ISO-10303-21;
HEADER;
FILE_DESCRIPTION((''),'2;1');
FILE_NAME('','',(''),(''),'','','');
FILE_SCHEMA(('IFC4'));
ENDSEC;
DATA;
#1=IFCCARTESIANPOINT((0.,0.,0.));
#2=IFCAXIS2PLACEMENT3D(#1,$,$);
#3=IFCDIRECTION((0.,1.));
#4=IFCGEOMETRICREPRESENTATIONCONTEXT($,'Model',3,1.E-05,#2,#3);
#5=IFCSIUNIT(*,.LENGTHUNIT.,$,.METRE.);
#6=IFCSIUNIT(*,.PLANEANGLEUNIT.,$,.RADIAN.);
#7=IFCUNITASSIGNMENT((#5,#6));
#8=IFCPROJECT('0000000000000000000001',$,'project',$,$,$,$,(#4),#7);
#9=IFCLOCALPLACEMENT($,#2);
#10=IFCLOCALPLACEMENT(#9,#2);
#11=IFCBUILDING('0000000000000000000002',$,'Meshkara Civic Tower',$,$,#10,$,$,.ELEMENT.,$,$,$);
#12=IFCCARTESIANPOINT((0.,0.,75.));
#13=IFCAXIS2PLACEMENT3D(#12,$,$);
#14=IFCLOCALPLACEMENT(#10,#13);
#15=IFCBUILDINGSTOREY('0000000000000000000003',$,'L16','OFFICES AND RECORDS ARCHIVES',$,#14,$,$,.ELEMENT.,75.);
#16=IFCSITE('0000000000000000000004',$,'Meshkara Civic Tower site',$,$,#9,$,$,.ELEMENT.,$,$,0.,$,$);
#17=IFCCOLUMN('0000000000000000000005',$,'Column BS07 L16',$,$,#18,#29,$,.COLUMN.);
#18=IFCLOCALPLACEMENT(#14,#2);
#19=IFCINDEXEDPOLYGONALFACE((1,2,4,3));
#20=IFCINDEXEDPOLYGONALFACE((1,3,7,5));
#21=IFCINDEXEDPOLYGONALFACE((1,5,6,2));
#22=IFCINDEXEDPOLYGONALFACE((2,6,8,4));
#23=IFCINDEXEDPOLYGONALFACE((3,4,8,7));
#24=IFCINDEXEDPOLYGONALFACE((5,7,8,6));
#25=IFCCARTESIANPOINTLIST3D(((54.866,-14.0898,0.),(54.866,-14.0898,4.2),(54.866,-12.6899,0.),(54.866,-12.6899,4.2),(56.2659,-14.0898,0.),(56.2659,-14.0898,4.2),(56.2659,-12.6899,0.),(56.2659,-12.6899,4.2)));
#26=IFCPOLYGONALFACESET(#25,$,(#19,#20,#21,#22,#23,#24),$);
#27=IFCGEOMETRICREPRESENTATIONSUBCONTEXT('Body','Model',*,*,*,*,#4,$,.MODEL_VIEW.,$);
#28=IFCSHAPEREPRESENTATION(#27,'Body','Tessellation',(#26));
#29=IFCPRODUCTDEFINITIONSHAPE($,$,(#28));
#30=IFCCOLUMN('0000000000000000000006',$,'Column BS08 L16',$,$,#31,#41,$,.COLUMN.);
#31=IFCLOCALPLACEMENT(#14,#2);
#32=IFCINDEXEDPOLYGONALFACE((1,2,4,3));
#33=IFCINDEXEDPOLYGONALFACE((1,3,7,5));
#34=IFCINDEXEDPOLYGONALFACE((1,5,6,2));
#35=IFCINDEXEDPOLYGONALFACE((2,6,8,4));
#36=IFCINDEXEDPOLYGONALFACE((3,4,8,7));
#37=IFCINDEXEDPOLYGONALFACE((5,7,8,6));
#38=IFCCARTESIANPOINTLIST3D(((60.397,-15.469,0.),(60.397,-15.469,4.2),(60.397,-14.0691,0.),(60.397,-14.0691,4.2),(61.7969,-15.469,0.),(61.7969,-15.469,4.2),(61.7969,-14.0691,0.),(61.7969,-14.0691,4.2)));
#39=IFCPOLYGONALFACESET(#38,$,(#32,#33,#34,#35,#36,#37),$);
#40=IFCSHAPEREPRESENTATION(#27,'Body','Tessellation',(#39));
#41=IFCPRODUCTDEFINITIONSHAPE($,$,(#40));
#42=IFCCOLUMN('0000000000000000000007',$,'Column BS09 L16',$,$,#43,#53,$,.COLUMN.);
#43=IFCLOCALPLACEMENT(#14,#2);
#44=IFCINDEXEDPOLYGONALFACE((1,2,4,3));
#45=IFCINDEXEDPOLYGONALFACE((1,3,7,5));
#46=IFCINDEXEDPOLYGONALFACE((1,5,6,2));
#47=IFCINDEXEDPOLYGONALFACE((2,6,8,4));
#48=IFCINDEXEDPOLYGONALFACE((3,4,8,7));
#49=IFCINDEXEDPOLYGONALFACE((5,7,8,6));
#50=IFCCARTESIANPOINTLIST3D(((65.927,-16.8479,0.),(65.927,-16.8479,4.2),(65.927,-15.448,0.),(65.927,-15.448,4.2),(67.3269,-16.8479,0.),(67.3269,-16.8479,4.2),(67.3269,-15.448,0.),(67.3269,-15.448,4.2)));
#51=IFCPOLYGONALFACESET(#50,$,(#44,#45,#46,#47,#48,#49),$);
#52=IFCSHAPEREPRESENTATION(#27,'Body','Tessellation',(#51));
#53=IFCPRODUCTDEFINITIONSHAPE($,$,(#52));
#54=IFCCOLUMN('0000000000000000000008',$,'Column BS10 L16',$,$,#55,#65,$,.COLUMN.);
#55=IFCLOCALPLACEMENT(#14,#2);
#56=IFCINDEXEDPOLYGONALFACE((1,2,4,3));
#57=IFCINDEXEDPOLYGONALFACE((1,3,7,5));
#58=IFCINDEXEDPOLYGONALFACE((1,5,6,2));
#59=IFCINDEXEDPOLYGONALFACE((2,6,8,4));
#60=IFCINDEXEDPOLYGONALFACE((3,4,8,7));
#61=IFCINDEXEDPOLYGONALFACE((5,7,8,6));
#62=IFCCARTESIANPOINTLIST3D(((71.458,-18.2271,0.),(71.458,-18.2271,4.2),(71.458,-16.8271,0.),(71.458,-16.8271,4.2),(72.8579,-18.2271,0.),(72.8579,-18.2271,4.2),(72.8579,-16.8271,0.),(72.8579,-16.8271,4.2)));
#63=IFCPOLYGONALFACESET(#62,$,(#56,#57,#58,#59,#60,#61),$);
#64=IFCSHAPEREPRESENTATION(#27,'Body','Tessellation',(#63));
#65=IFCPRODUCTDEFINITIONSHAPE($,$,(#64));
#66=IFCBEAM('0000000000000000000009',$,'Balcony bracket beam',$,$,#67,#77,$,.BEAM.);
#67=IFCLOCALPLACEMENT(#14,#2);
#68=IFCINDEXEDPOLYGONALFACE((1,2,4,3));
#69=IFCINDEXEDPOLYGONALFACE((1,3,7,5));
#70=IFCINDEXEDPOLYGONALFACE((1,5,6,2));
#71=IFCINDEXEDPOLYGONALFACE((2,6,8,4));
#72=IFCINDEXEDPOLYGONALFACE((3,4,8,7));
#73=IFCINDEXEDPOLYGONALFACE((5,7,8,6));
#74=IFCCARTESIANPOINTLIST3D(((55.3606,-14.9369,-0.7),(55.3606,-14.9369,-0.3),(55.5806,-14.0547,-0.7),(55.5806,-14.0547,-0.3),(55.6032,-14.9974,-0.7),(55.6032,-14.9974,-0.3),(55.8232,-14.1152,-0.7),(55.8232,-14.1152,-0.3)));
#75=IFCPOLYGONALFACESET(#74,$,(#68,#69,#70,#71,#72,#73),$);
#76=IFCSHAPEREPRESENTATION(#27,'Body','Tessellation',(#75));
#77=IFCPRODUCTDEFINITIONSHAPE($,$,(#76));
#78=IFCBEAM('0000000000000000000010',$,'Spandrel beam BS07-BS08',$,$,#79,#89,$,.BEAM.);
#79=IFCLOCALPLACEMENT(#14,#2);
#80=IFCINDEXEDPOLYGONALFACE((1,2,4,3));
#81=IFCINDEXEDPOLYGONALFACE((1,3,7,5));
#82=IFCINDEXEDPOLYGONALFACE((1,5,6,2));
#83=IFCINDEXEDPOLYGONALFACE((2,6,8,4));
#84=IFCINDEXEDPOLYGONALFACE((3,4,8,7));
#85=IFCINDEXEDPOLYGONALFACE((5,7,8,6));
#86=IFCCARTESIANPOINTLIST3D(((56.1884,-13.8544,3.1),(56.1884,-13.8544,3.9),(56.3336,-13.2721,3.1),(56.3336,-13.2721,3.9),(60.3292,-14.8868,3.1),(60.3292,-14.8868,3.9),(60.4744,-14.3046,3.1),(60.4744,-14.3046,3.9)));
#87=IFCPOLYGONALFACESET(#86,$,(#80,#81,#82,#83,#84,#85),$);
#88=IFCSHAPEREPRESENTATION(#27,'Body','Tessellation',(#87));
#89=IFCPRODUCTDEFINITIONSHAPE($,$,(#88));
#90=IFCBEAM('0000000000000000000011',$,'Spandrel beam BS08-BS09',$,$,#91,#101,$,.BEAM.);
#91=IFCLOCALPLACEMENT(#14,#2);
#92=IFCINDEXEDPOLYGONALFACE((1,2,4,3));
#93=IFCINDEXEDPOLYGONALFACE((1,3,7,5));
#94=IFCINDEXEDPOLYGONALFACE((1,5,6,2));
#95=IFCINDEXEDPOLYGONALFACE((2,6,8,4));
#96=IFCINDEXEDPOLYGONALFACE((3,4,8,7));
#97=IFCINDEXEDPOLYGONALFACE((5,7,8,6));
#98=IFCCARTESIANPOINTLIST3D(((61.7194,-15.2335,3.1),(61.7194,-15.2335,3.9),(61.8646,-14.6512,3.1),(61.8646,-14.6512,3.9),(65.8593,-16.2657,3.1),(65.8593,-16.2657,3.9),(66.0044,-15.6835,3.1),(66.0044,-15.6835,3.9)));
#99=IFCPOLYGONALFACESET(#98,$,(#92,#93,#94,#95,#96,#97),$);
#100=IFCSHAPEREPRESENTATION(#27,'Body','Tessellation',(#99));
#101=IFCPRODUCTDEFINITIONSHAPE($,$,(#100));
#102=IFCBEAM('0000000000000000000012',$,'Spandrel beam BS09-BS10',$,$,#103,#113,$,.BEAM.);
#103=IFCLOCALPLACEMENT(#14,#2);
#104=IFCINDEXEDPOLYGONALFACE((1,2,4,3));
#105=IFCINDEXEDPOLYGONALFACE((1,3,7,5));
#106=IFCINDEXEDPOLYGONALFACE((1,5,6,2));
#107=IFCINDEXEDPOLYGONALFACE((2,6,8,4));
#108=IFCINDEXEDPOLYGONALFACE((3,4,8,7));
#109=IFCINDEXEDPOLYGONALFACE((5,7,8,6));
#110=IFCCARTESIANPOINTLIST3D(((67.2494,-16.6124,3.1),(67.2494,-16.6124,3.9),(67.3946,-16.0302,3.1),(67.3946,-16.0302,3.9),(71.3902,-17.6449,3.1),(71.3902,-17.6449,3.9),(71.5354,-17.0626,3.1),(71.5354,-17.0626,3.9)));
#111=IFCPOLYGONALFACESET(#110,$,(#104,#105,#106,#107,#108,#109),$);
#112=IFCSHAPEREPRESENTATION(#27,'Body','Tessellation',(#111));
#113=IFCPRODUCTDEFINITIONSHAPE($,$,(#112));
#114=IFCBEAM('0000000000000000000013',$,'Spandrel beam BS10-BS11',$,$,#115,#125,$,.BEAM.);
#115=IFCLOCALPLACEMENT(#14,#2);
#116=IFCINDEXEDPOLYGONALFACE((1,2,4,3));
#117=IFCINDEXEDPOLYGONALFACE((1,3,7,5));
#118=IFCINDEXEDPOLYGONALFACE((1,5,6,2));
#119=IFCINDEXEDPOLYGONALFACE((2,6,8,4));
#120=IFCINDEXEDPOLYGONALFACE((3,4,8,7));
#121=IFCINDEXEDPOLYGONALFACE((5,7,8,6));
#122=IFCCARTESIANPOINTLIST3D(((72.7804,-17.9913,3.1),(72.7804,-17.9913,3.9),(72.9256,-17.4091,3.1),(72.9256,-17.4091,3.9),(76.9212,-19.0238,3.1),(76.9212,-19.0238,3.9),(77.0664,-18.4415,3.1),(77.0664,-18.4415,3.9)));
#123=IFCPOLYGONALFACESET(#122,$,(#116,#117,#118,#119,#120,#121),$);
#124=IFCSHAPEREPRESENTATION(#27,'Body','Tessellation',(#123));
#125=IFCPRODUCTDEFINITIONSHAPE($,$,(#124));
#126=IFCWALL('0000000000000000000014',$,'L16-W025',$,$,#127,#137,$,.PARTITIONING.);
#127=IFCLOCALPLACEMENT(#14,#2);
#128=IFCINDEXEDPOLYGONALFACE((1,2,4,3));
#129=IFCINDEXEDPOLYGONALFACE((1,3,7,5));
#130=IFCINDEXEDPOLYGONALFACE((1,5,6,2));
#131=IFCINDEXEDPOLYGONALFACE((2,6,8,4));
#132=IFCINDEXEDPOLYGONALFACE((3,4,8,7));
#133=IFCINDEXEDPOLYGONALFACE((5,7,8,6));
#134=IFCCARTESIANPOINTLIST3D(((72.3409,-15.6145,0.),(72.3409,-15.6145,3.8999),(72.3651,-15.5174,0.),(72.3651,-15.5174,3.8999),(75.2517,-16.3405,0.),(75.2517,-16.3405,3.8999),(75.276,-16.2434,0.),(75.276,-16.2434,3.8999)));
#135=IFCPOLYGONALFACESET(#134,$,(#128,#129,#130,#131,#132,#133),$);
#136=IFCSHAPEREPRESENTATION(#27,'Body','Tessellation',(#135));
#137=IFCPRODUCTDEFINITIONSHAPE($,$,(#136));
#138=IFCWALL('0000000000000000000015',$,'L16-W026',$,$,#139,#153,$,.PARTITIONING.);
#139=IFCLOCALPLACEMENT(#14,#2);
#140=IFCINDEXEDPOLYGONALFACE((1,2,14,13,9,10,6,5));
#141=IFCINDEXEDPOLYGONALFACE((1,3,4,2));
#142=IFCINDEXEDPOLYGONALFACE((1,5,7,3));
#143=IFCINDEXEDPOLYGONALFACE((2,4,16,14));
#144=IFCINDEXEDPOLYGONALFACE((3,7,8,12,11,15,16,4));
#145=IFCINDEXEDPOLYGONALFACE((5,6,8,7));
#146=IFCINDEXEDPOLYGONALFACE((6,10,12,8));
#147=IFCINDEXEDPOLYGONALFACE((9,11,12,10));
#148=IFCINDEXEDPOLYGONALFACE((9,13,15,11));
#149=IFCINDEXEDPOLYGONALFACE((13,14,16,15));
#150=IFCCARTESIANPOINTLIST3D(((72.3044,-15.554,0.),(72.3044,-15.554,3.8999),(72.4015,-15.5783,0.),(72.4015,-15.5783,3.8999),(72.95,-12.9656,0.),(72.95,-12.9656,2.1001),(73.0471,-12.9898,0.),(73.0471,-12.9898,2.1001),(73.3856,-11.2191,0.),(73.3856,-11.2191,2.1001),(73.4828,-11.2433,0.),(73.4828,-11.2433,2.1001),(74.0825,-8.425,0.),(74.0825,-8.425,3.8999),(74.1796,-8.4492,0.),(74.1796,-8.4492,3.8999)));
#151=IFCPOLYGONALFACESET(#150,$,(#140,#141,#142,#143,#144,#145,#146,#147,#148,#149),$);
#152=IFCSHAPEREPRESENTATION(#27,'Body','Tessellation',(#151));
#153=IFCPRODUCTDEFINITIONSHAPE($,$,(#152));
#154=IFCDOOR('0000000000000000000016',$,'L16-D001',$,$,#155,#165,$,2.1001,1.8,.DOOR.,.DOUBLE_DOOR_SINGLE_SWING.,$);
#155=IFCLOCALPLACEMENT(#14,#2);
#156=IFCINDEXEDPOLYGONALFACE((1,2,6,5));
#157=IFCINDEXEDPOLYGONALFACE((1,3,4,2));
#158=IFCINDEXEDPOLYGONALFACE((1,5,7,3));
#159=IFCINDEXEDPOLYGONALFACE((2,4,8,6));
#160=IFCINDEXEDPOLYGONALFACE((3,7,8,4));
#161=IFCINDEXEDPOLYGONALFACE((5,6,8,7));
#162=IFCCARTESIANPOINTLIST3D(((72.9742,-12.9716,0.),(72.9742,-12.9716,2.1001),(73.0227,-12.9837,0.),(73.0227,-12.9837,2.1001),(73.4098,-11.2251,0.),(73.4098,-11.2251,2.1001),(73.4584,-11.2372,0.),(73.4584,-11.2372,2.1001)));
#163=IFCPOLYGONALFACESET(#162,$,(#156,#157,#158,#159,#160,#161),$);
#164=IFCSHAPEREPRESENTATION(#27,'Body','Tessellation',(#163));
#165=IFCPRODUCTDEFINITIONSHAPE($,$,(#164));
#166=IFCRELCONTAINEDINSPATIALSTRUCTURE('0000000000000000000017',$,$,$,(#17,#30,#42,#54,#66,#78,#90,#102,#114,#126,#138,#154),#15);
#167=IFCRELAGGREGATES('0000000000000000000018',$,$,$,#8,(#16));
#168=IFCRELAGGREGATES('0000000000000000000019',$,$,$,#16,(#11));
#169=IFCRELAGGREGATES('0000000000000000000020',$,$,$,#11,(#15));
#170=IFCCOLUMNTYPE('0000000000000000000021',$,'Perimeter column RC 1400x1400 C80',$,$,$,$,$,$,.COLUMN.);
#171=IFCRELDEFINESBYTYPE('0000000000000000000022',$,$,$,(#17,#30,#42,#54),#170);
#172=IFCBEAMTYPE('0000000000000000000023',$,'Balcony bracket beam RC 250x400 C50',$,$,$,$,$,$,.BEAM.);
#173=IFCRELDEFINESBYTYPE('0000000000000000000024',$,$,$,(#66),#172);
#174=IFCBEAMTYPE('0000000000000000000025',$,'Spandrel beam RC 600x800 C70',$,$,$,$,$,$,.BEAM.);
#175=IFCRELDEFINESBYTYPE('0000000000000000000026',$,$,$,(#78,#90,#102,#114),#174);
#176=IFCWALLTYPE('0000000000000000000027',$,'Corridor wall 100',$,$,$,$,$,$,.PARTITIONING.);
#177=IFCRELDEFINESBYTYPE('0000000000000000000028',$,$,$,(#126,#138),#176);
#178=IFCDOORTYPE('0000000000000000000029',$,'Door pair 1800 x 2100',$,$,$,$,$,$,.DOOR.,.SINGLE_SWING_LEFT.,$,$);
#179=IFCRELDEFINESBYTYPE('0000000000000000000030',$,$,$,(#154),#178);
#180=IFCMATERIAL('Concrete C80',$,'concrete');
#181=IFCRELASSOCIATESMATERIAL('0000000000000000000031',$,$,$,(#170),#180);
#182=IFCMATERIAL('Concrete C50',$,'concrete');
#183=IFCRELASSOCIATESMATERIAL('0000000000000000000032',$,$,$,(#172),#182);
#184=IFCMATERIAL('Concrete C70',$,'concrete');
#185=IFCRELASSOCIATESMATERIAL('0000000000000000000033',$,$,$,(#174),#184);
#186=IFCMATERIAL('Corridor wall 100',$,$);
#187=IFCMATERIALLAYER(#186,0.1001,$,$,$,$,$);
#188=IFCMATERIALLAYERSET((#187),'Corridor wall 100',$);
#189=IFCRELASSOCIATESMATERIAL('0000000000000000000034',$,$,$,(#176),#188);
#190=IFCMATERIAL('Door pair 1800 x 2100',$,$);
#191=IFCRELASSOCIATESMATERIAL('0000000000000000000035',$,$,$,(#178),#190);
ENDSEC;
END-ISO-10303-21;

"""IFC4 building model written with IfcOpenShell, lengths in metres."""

from ifc_helpers import new_model, si_unit, direction, frame, frame_2d, origin, origin_2d, place, context, subcontext, project, spatial, rectangle, extrude, material, layer, layer_set, material_profile, profile_set, type_object, element, fill, save


model = new_model("IFC4")

# Units and contexts
model_context = context("Model", 3, precision=1e-05, world=origin(), true_north=direction((0.0, 1.0)))
body_context = subcontext(model_context, "Body", "Model", "MODEL_VIEW")
ifc_project = project(units=[si_unit("LENGTHUNIT", "METRE"), si_unit("PLANEANGLEUNIT", "RADIAN")], contexts=[model_context])

# Site, building, storey
site_placement = place(None, origin())
site = spatial("IfcSite", under=ifc_project, at=site_placement, Name="Meshkara Civic Tower site", CompositionType="ELEMENT", RefElevation=0.0)
building_placement = place(site_placement, origin())
building = spatial("IfcBuilding", under=site, at=building_placement, Name="Meshkara Civic Tower", CompositionType="ELEMENT")
storey_placement = place(building_placement, frame((0.0, 0.0, 75.0)))
storey = spatial("IfcBuildingStorey", under=building, at=storey_placement, Name="L16", Description="OFFICES AND RECORDS ARCHIVES", CompositionType="ELEMENT", Elevation=75.0)

# Columns
ifc_material_1 = material(Name="Concrete C80", Category="concrete")
ifc_material_profile_1 = material_profile(ifc_material_1, rectangle(XDim=1.3999, YDim=1.3999, at=origin_2d()))
ifc_profile_set_1 = profile_set([ifc_material_profile_1], Name="Concrete C80")
column_type = type_object("IfcColumnType", Name="Perimeter column RC 1400x1400 C80", PredefinedType="COLUMN", material=ifc_profile_set_1)
for number, where, z_axis, x_axis, name in (
    (1, (55.5659, -13.3899, 0.0), (0.0, 0.0, 1.0), (1.0, 0.0, 0.0), "Column BS07 L16"),
    (2, (61.0969, -14.769, 0.0), (0.0, 0.0, 1.0), (1.0, 0.0, 0.0), "Column BS08 L16"),
    (3, (66.627, -16.1479, 0.0), (0.0, 0.0, 1.0), (1.0, 0.0, 0.0), "Column BS09 L16"),
    (4, (72.158, -17.5271, 0.0), (0.0, 0.0, 1.0), (1.0, 0.0, 0.0), "Column BS10 L16"),
):
    element("IfcColumn", number, at=place(storey_placement, frame(where, z_axis=z_axis, x_axis=x_axis)), inside=storey, type_object=column_type, Name=name, PredefinedType="COLUMN", context=body_context, shape_type="SweptSolid", body=[
        extrude(rectangle(XDim=1.3999, YDim=1.3999, at=origin_2d()), origin(), (0.0, 0.0, 1.0), 4.2),
    ])

# Beams
ifc_material_2 = material(Name="Concrete C50", Category="concrete")
ifc_material_profile_2 = material_profile(ifc_material_2, rectangle(XDim=0.25, YDim=0.3999, at=origin_2d()))
ifc_profile_set_2 = profile_set([ifc_material_profile_2], Name="Concrete C50")
beam_type_1 = type_object("IfcBeamType", Name="Balcony bracket beam RC 250x400 C50", PredefinedType="BEAM", material=ifc_profile_set_2)
beam_1_placement = place(storey_placement, frame((55.7019, -14.085, -0.5), z_axis=(-0.241967, -0.970285, 0.0), x_axis=(0.970285, -0.241967, 0.0)))
element("IfcBeam", 5, at=beam_1_placement, inside=storey, type_object=beam_type_1, Name="Balcony bracket beam", PredefinedType="BEAM", context=body_context, shape_type="SweptSolid", body=[
    extrude(rectangle(XDim=0.25, YDim=0.3999, at=origin_2d()), origin(), (0.0, 0.0, 1.0), 0.9092),
])
ifc_material_3 = material(Name="Concrete C70", Category="concrete")
ifc_material_profile_3 = material_profile(ifc_material_3, rectangle(XDim=0.6001, YDim=0.8, at=origin_2d()))
ifc_profile_set_3 = profile_set([ifc_material_profile_3], Name="Concrete C70")
beam_type_2 = type_object("IfcBeamType", Name="Spandrel beam RC 600x800 C70", PredefinedType="BEAM", material=ifc_profile_set_3)
beam_2_placement = place(storey_placement, frame((56.261, -13.5632, 3.5), z_axis=(0.970294, -0.24193, 0.0), x_axis=(0.24193, 0.970294, 0.0)))
element("IfcBeam", 6, at=beam_2_placement, inside=storey, type_object=beam_type_2, Name="Spandrel beam BS07-BS08", PredefinedType="BEAM", context=body_context, shape_type="SweptSolid", body=[
    extrude(rectangle(XDim=0.6001, YDim=0.8, at=origin_2d()), origin(), (0.0, 0.0, 1.0), 4.2676),
])
beam_3_placement = place(storey_placement, frame((61.792, -14.9424, 3.5), z_axis=(0.970294, -0.24193, 0.0), x_axis=(0.24193, 0.970294, 0.0)))
element("IfcBeam", 7, at=beam_3_placement, inside=storey, type_object=beam_type_2, Name="Spandrel beam BS08-BS09", PredefinedType="BEAM", context=body_context, shape_type="SweptSolid", body=[
    extrude(rectangle(XDim=0.6001, YDim=0.8, at=origin_2d()), origin(), (0.0, 0.0, 1.0), 4.2666),
])
for number, where, z_axis, x_axis, name in (
    (8, (67.322, -16.3213, 3.5), (0.970294, -0.24193, 0.0), (0.24193, 0.970294, 0.0), "Spandrel beam BS09-BS10"),
    (9, (72.853, -17.7002, 3.5), (0.970294, -0.24193, 0.0), (0.24193, 0.970294, 0.0), "Spandrel beam BS10-BS11"),
):
    element("IfcBeam", number, at=place(storey_placement, frame(where, z_axis=z_axis, x_axis=x_axis)), inside=storey, type_object=beam_type_2, Name=name, PredefinedType="BEAM", context=body_context, shape_type="SweptSolid", body=[
        extrude(rectangle(XDim=0.6001, YDim=0.8, at=origin_2d()), origin(), (0.0, 0.0, 1.0), 4.2676),
    ])

# Wall
ifc_material_4 = material(Name="Corridor wall 100")
ifc_layer_1 = layer(ifc_material_4, 0.1001)
ifc_layer_set_1 = layer_set([ifc_layer_1], Name="Corridor wall 100")
wall_type_1 = type_object("IfcWallType", Name="Corridor wall 100", PredefinedType="PARTITIONING", material=ifc_layer_set_1)
wall_1_placement = place(storey_placement, frame((72.353, -15.5659, 0.0), z_axis=(0.0, 0.0, 1.0), x_axis=(0.970272, -0.242019, 0.0)))
element("IfcWall", 10, at=wall_1_placement, inside=storey, type_object=wall_type_1, Name="L16-W025", PredefinedType="PARTITIONING", context=body_context, shape_type="SweptSolid", body=[
    extrude(rectangle(XDim=3.0, YDim=0.1001, at=frame_2d((1.5, 0.0))), origin(), (0.0, 0.0, 1.0), 3.8999),
])

# Wall, opening, door
wall_2_placement = place(storey_placement, frame((74.1311, -8.437, 0.0), z_axis=(0.0, 0.0, 1.0), x_axis=(-0.242004, -0.970275, 0.0)))
wall_2 = element("IfcWall", 11, at=wall_2_placement, inside=storey, type_object=wall_type_1, Name="L16-W026", PredefinedType="PARTITIONING", context=body_context, shape_type="SweptSolid", body=[
    extrude(rectangle(XDim=7.3474, YDim=0.1001, at=frame_2d((3.6738, 0.0))), origin(), (0.0, 0.0, 1.0), 3.8999),
])
opening_1_placement = place(wall_2_placement, frame((2.8799, 0.0, 0.0)))
opening_1 = element("IfcOpeningElement", 12, at=opening_1_placement, cuts=wall_2, PredefinedType="OPENING", context=body_context, shape_type="SweptSolid", body=[
    extrude(rectangle(XDim=1.8, YDim=2.1001, at=frame_2d((0.8999, 1.05))), frame((0.0, 0.0601, 0.0), z_axis=(0.0, -1.0, 0.0), x_axis=(1.0, 0.0, 0.0)), (0.0, 0.0, 1.0), 0.1201),
])
ifc_material_5 = material(Name="Door pair 1800 x 2100")
door_type_1 = type_object("IfcDoorType", Name="Door pair 1800 x 2100", OperationType="SINGLE_SWING_LEFT", PredefinedType="DOOR", material=ifc_material_5)
door_1_placement = place(opening_1_placement, origin())
door_1 = element("IfcDoor", 13, at=door_1_placement, inside=storey, type_object=door_type_1, Name="L16-D001", OperationType="DOUBLE_DOOR_SINGLE_SWING", OverallHeight=2.1001, OverallWidth=1.8, PredefinedType="DOOR", context=body_context, shape_type="SweptSolid", body=[
    extrude(rectangle(XDim=1.8, YDim=2.1001, at=frame_2d((0.8999, 1.05))), frame((0.0, 0.0249, 0.0), z_axis=(0.0, -1.0, 0.0), x_axis=(1.0, 0.0, 0.0)), (0.0, 0.0, 1.0), 0.05),
])
fill(opening_1, door_1)

save(model, "model.ifc")
